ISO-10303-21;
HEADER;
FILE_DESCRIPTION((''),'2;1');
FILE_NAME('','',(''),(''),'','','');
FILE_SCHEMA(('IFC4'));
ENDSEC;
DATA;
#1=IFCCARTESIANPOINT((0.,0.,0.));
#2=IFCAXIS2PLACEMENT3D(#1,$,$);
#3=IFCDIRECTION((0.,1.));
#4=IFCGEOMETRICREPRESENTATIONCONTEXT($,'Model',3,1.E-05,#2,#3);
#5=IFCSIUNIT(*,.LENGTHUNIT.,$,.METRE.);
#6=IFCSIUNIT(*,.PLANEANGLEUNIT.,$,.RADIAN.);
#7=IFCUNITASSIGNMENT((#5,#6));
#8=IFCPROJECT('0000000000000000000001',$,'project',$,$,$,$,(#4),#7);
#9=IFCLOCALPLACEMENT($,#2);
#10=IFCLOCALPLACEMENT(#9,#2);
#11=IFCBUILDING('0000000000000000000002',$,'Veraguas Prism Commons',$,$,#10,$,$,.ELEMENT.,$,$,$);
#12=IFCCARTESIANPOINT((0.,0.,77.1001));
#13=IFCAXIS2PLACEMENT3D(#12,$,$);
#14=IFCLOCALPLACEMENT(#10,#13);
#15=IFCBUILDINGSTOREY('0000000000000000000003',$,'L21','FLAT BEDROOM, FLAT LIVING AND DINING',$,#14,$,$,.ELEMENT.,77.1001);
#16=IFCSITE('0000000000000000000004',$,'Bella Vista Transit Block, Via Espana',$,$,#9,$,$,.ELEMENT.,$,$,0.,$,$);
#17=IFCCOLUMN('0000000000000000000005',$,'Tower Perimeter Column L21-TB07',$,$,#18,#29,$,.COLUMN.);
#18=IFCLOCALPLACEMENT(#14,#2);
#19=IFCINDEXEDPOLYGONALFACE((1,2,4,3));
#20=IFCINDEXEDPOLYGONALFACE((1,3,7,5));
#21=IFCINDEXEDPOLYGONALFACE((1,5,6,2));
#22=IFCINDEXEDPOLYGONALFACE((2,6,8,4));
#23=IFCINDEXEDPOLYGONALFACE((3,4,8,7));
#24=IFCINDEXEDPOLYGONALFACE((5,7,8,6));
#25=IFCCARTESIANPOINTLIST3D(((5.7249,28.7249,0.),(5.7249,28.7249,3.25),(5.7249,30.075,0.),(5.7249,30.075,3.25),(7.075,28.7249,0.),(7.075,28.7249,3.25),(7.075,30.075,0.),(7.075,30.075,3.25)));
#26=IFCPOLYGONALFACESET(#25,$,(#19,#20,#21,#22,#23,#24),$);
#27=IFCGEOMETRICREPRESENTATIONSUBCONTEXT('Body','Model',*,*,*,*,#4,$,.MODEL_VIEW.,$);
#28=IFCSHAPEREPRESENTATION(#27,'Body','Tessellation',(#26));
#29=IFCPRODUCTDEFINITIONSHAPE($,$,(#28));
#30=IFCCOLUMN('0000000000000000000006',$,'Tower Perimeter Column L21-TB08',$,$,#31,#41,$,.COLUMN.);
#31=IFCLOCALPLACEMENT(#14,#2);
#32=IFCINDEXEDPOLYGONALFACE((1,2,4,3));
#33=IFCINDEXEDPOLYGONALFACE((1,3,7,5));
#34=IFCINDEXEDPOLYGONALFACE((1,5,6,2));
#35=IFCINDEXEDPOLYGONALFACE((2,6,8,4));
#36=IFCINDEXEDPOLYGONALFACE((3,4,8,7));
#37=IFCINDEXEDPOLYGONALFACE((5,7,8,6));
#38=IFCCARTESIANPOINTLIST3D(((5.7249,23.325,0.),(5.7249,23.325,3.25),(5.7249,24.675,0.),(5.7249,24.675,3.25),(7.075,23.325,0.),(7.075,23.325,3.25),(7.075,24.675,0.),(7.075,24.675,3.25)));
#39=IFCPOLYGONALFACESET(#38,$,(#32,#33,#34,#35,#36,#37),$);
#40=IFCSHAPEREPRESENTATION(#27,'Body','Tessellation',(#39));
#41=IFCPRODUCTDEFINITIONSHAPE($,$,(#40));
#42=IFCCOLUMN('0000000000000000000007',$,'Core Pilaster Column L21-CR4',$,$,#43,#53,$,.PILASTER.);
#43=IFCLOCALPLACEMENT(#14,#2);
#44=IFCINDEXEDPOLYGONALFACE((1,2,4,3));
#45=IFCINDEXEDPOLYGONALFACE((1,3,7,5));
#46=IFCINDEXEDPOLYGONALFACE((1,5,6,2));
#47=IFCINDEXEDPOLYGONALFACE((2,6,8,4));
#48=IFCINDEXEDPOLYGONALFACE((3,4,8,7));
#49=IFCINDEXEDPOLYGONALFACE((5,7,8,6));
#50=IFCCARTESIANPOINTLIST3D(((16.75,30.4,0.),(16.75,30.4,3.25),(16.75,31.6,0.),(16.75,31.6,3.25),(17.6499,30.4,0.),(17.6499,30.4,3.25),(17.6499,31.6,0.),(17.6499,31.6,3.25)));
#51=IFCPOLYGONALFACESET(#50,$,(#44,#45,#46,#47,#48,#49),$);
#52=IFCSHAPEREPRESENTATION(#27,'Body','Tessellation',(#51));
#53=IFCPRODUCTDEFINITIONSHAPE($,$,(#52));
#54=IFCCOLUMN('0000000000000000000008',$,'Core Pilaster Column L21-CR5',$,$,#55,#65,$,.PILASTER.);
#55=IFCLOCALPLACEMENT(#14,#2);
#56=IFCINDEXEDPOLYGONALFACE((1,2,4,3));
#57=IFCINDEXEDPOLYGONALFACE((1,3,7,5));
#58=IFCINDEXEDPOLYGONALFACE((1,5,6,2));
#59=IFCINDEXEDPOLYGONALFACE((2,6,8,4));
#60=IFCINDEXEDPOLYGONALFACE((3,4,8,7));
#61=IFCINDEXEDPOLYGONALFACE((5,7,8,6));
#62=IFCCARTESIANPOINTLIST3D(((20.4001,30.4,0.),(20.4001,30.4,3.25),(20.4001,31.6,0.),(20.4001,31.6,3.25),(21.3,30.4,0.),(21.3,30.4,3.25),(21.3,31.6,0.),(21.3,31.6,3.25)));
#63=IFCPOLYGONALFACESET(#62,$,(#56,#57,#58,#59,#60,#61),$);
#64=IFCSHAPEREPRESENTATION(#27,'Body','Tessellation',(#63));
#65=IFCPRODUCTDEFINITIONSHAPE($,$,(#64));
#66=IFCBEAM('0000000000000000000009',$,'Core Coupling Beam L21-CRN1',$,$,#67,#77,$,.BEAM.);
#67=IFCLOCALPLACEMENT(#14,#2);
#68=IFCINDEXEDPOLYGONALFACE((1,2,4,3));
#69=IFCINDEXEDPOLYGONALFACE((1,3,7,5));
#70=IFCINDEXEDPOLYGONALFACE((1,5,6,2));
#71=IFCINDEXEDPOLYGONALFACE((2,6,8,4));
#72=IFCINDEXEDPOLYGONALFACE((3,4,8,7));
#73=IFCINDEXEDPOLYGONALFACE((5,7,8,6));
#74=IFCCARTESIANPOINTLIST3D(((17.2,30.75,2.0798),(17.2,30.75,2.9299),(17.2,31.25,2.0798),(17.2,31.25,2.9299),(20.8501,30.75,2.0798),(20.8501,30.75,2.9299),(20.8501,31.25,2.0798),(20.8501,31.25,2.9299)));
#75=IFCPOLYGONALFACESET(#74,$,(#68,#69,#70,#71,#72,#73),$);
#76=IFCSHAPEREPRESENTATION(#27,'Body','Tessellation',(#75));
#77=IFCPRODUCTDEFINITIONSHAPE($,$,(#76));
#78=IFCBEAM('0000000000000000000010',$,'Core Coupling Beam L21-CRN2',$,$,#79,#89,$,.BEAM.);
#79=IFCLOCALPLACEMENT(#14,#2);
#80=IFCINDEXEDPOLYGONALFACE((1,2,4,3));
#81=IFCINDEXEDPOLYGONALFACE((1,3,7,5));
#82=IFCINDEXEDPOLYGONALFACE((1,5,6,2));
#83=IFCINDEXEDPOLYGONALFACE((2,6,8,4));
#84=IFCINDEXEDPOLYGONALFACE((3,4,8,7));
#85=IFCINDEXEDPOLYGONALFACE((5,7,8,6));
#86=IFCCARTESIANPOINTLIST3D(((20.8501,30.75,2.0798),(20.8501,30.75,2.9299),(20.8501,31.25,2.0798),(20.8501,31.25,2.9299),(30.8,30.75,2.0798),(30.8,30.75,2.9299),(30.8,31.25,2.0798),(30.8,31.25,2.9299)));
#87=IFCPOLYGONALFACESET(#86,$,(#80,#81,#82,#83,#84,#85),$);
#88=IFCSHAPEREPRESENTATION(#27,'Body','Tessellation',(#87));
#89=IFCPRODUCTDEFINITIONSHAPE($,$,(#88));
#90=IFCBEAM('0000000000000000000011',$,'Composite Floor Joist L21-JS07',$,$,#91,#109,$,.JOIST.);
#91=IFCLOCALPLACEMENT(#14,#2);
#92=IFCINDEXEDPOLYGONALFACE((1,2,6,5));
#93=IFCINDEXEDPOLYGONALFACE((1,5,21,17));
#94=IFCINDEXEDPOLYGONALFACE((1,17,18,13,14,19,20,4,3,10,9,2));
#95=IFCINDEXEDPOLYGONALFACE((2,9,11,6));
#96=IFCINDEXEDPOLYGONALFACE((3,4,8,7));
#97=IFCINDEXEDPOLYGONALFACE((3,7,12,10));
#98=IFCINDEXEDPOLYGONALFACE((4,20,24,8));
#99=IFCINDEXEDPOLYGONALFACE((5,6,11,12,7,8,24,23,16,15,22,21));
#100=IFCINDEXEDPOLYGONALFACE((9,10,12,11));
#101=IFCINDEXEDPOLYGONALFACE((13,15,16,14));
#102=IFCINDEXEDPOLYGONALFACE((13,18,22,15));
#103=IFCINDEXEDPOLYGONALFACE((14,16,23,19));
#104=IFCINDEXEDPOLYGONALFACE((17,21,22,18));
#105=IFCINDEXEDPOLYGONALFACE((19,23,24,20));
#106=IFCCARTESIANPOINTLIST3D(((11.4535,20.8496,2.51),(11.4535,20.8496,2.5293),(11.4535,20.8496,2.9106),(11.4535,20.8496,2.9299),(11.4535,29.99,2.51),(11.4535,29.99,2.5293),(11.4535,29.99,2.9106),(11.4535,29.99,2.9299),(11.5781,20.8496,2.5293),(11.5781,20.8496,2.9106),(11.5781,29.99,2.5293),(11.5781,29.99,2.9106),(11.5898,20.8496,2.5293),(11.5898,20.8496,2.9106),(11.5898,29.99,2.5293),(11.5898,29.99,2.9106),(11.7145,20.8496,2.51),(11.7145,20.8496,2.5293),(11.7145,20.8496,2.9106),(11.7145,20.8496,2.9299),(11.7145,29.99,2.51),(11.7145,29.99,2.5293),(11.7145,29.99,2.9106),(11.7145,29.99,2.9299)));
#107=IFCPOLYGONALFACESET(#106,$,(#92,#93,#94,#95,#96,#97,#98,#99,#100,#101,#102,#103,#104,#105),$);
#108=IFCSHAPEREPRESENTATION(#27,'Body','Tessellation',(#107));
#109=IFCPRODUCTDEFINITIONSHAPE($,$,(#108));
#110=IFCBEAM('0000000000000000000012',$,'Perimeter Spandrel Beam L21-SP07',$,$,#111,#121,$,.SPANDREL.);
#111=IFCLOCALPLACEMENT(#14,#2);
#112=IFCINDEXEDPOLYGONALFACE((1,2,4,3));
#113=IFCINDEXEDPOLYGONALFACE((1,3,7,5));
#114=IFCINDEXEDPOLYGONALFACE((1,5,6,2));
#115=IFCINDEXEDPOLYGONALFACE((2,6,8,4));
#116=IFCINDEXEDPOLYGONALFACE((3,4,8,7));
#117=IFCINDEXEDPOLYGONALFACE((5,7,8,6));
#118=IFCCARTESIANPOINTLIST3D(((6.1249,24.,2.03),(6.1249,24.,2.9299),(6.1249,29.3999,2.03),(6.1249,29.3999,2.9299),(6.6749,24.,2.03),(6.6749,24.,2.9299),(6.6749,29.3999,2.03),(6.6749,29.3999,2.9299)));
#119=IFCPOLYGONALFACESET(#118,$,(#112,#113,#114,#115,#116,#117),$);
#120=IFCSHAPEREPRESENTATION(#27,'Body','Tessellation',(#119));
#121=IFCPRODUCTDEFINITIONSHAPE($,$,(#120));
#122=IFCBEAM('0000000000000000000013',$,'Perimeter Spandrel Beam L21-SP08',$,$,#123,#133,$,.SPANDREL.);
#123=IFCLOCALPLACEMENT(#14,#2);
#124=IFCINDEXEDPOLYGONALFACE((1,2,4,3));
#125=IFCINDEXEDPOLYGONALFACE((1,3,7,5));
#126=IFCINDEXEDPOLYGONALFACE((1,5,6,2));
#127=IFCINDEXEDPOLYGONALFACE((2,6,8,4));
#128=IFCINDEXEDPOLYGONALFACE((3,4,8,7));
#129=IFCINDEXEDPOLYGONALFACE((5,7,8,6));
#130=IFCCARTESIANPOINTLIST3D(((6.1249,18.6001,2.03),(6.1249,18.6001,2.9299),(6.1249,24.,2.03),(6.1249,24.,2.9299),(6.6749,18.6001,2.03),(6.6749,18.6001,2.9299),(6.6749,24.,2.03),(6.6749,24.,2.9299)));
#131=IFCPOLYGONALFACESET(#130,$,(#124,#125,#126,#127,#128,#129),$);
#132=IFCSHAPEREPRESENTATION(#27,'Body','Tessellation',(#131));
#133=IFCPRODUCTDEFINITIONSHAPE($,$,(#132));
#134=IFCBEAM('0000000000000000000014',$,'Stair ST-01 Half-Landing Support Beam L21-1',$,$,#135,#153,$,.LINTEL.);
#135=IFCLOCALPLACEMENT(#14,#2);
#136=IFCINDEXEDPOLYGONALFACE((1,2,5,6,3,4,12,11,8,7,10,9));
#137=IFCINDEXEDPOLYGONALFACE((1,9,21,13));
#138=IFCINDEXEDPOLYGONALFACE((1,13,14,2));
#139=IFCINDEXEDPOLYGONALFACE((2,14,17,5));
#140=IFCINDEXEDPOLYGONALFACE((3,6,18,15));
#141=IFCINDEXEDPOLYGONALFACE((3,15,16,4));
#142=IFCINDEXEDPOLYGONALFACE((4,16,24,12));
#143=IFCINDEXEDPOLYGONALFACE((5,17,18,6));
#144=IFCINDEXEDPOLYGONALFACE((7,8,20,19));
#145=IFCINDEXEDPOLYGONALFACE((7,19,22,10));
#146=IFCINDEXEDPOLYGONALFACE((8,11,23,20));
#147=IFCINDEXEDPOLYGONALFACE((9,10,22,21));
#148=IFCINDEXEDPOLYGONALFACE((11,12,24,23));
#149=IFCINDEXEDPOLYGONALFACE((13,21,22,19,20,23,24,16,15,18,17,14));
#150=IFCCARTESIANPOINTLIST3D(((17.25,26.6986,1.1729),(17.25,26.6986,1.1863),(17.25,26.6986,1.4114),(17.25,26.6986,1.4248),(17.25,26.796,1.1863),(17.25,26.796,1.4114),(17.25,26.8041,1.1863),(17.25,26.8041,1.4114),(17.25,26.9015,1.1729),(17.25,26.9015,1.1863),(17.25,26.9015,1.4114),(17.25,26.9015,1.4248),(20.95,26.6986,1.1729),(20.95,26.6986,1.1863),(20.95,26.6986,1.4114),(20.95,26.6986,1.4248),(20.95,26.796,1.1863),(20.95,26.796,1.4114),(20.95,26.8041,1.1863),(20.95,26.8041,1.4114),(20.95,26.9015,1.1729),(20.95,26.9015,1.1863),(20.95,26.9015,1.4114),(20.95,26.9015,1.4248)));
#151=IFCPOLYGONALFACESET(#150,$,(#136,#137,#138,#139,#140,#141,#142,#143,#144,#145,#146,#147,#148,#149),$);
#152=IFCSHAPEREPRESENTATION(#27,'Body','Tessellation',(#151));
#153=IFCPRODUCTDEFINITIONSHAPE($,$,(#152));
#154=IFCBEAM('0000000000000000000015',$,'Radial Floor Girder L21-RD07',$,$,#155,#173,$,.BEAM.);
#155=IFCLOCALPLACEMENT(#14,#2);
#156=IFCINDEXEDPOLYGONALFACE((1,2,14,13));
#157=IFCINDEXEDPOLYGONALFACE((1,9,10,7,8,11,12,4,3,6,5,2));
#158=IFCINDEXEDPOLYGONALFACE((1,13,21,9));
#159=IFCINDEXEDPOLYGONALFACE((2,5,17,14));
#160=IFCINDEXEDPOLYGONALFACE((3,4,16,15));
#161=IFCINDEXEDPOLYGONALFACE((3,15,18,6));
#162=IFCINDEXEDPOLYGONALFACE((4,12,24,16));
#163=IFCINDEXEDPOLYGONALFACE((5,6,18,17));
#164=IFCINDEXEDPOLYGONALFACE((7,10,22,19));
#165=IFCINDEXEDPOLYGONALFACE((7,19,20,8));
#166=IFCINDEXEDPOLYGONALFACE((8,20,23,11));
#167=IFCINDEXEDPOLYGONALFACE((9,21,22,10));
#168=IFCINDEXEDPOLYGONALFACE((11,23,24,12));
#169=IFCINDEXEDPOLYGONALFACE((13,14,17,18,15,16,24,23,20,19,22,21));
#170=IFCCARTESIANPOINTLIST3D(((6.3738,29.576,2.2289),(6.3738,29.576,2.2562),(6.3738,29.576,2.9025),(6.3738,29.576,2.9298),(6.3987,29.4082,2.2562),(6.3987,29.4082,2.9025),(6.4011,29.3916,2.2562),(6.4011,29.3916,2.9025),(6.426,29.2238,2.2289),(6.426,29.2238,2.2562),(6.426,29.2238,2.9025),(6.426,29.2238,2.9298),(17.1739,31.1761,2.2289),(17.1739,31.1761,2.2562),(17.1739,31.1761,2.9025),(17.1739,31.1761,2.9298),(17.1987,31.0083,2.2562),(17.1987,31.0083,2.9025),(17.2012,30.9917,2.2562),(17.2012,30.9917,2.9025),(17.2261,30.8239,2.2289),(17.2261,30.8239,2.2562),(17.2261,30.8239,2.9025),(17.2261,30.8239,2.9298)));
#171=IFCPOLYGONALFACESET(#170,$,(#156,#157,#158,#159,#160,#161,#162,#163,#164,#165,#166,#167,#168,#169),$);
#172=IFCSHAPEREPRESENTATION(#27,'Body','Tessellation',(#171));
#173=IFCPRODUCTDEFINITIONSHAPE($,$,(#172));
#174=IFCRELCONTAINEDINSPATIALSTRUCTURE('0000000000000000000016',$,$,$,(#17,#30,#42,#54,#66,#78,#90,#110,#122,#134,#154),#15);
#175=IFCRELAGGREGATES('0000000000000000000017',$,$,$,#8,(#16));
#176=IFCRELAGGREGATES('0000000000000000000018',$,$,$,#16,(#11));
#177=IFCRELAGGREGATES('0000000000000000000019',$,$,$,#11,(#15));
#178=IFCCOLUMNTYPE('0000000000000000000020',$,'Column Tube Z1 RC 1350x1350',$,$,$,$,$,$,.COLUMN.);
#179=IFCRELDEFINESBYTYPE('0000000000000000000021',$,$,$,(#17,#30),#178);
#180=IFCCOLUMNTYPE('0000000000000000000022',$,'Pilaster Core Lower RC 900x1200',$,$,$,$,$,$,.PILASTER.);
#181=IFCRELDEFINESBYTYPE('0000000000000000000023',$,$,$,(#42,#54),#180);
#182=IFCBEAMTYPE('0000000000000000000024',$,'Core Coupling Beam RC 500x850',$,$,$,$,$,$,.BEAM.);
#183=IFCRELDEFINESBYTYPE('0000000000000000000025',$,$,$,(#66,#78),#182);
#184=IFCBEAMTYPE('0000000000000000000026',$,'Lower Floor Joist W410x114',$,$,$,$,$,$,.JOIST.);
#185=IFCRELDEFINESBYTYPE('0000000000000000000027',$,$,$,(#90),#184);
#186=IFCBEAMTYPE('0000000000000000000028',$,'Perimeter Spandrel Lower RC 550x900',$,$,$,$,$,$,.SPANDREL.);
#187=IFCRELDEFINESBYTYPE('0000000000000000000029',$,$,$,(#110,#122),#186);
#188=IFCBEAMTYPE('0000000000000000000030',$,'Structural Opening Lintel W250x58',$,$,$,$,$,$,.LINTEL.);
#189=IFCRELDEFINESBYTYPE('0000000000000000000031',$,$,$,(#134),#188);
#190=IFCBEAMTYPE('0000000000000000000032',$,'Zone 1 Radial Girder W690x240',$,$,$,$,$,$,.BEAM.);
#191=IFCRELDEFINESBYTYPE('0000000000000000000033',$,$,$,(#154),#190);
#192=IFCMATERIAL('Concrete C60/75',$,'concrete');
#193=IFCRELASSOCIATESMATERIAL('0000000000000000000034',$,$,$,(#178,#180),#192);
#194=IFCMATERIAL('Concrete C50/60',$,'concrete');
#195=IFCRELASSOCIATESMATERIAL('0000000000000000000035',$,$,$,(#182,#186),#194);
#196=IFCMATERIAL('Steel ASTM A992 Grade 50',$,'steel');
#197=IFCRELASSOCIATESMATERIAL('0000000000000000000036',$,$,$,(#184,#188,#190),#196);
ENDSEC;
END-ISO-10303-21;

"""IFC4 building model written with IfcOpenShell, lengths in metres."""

from ifc_helpers import new_model, si_unit, direction, frame, origin, origin_2d, place, context, subcontext, project, spatial, rectangle, i_section, extrude, material, material_profile, profile_set, type_object, element, save


model = new_model("IFC4")

# Units and contexts
model_context = context("Model", 3, precision=1e-05, world=origin(), true_north=direction((0.0, 1.0)))
body_context = subcontext(model_context, "Body", "Model", "MODEL_VIEW")
ifc_project = project(units=[si_unit("LENGTHUNIT", "METRE"), si_unit("PLANEANGLEUNIT", "RADIAN")], contexts=[model_context])

# Site, building, storey
site_placement = place(None, origin())
site = spatial("IfcSite", under=ifc_project, at=site_placement, Name="Bella Vista Transit Block, Via Espana", CompositionType="ELEMENT", RefElevation=0.0)
building_placement = place(site_placement, origin())
building = spatial("IfcBuilding", under=site, at=building_placement, Name="Veraguas Prism Commons", CompositionType="ELEMENT")
storey_placement = place(building_placement, frame((0.0, 0.0, 77.1001)))
storey = spatial("IfcBuildingStorey", under=building, at=storey_placement, Name="L21", Description="FLAT BEDROOM, FLAT LIVING AND DINING", CompositionType="ELEMENT", Elevation=77.1001)

# Columns
ifc_material_1 = material(Name="Concrete C60/75", Category="concrete")
ifc_material_profile_1 = material_profile(ifc_material_1, rectangle(XDim=1.3501, YDim=1.3501, at=origin_2d()), Name="RC1350X1350")
ifc_profile_set_1 = profile_set([ifc_material_profile_1], Name="Concrete C60/75")
column_type_1 = type_object("IfcColumnType", Name="Column Tube Z1 RC 1350x1350", PredefinedType="COLUMN", material=ifc_profile_set_1)
for number, where, z_axis, x_axis, name in (
    (1, (6.3999, 29.3999, 0.0), (0.0, 0.0, 1.0), (1.0, 0.0, 0.0), "Tower Perimeter Column L21-TB07"),
    (2, (6.3999, 24.0, 0.0), (0.0, 0.0, 1.0), (1.0, 0.0, 0.0), "Tower Perimeter Column L21-TB08"),
):
    element("IfcColumn", number, at=place(storey_placement, frame(where, z_axis=z_axis, x_axis=x_axis)), inside=storey, type_object=column_type_1, Name=name, PredefinedType="COLUMN", context=body_context, shape_type="SweptSolid", body=[
        extrude(rectangle(XDim=1.3501, YDim=1.3501, at=origin_2d()), origin(), (0.0, 0.0, 1.0), 3.25),
    ])
ifc_material_profile_2 = material_profile(ifc_material_1, rectangle(XDim=0.8999, YDim=1.2, at=origin_2d()), Name="RC900X1200")
ifc_profile_set_2 = profile_set([ifc_material_profile_2], Name="Concrete C60/75")
column_type_2 = type_object("IfcColumnType", Name="Pilaster Core Lower RC 900x1200", PredefinedType="PILASTER", material=ifc_profile_set_2)
for number, where, z_axis, x_axis, name in (
    (3, (17.2, 31.0, 0.0), (0.0, 0.0, 1.0), (1.0, 0.0, 0.0), "Core Pilaster Column L21-CR4"),
    (4, (20.8501, 31.0, 0.0), (0.0, 0.0, 1.0), (1.0, 0.0, 0.0), "Core Pilaster Column L21-CR5"),
):
    element("IfcColumn", number, at=place(storey_placement, frame(where, z_axis=z_axis, x_axis=x_axis)), inside=storey, type_object=column_type_2, Name=name, PredefinedType="PILASTER", context=body_context, shape_type="SweptSolid", body=[
        extrude(rectangle(XDim=0.8999, YDim=1.2, at=origin_2d()), origin(), (0.0, 0.0, 1.0), 3.25),
    ])

# Beams
ifc_material_2 = material(Name="Concrete C50/60", Category="concrete")
ifc_material_profile_3 = material_profile(ifc_material_2, rectangle(XDim=0.5, YDim=0.8501, at=origin_2d()), Name="RC500X850")
ifc_profile_set_3 = profile_set([ifc_material_profile_3], Name="Concrete C50/60")
beam_type_1 = type_object("IfcBeamType", Name="Core Coupling Beam RC 500x850", PredefinedType="BEAM", material=ifc_profile_set_3)
beam_1_placement = place(storey_placement, frame((17.2, 31.0, 2.5049), z_axis=(1.0, 0.0, 0.0), x_axis=(0.0, 1.0, 0.0)))
element("IfcBeam", 5, at=beam_1_placement, inside=storey, type_object=beam_type_1, Name="Core Coupling Beam L21-CRN1", PredefinedType="BEAM", context=body_context, shape_type="SweptSolid", body=[
    extrude(rectangle(XDim=0.5, YDim=0.8501, at=origin_2d()), origin(), (0.0, 0.0, 1.0), 3.6501),
])
beam_2_placement = place(storey_placement, frame((20.8501, 31.0, 2.5049), z_axis=(1.0, 0.0, 0.0), x_axis=(0.0, 1.0, 0.0)))
element("IfcBeam", 6, at=beam_2_placement, inside=storey, type_object=beam_type_1, Name="Core Coupling Beam L21-CRN2", PredefinedType="BEAM", context=body_context, shape_type="SweptSolid", body=[
    extrude(rectangle(XDim=0.5, YDim=0.8501, at=origin_2d()), origin(), (0.0, 0.0, 1.0), 9.95),
])
ifc_material_3 = material(Name="Steel ASTM A992 Grade 50", Category="steel")
ifc_material_profile_4 = material_profile(ifc_material_3, i_section(OverallWidth=0.261, OverallDepth=0.4199, WebThickness=0.0117, FlangeThickness=0.0193, at=origin_2d()), Name="W410X114")
ifc_profile_set_4 = profile_set([ifc_material_profile_4], Name="Steel ASTM A992 Grade 50")
beam_type_2 = type_object("IfcBeamType", Name="Lower Floor Joist W410x114", PredefinedType="JOIST", material=ifc_profile_set_4)
beam_3_placement = place(storey_placement, frame((11.584, 29.99, 2.72), z_axis=(0.0, -1.0, 0.0), x_axis=(1.0, 0.0, 0.0)))
element("IfcBeam", 7, at=beam_3_placement, inside=storey, type_object=beam_type_2, Name="Composite Floor Joist L21-JS07", PredefinedType="JOIST", context=body_context, shape_type="SweptSolid", body=[
    extrude(i_section(OverallWidth=0.261, OverallDepth=0.4199, WebThickness=0.0117, FlangeThickness=0.0193, at=origin_2d()), origin(), (0.0, 0.0, 1.0), 9.1404),
])
ifc_material_profile_5 = material_profile(ifc_material_2, rectangle(XDim=0.55, YDim=0.8999, at=origin_2d()), Name="RC550X900")
ifc_profile_set_5 = profile_set([ifc_material_profile_5], Name="Concrete C50/60")
beam_type_3 = type_object("IfcBeamType", Name="Perimeter Spandrel Lower RC 550x900", PredefinedType="SPANDREL", material=ifc_profile_set_5)
for number, where, z_axis, x_axis, name in (
    (8, (6.3999, 29.3999, 2.48), (0.0, -1.0, 0.0), (1.0, 0.0, 0.0), "Perimeter Spandrel Beam L21-SP07"),
    (9, (6.3999, 24.0, 2.48), (0.0, -1.0, 0.0), (1.0, 0.0, 0.0), "Perimeter Spandrel Beam L21-SP08"),
):
    element("IfcBeam", number, at=place(storey_placement, frame(where, z_axis=z_axis, x_axis=x_axis)), inside=storey, type_object=beam_type_3, Name=name, PredefinedType="SPANDREL", context=body_context, shape_type="SweptSolid", body=[
        extrude(rectangle(XDim=0.55, YDim=0.8999, at=origin_2d()), origin(), (0.0, 0.0, 1.0), 5.3999),
    ])
ifc_material_profile_6 = material_profile(ifc_material_3, i_section(OverallWidth=0.2029, OverallDepth=0.252, WebThickness=0.0081, FlangeThickness=0.0134, at=origin_2d()), Name="W250X58")
ifc_profile_set_6 = profile_set([ifc_material_profile_6], Name="Steel ASTM A992 Grade 50")
beam_type_4 = type_object("IfcBeamType", Name="Structural Opening Lintel W250x58", PredefinedType="LINTEL", material=ifc_profile_set_6)
beam_4_placement = place(storey_placement, frame((17.25, 26.8, 1.2988), z_axis=(1.0, 0.0, 0.0), x_axis=(0.0, 1.0, 0.0)))
element("IfcBeam", 10, at=beam_4_placement, inside=storey, type_object=beam_type_4, Name="Stair ST-01 Half-Landing Support Beam L21-1", PredefinedType="LINTEL", context=body_context, shape_type="SweptSolid", body=[
    extrude(i_section(OverallWidth=0.2029, OverallDepth=0.252, WebThickness=0.0081, FlangeThickness=0.0134, at=origin_2d()), origin(), (0.0, 0.0, 1.0), 3.7),
])
ifc_material_profile_7 = material_profile(ifc_material_3, i_section(OverallWidth=0.356, OverallDepth=0.7009, WebThickness=0.0168, FlangeThickness=0.0273, at=origin_2d()), Name="W690X240")
ifc_profile_set_7 = profile_set([ifc_material_profile_7], Name="Steel ASTM A992 Grade 50")
beam_type_5 = type_object("IfcBeamType", Name="Zone 1 Radial Girder W690x240", PredefinedType="BEAM", material=ifc_profile_set_7)
beam_5_placement = place(storey_placement, frame((6.3999, 29.3999, 2.5793), z_axis=(0.989202, 0.146557, 0.0), x_axis=(-0.146557, 0.989202, 0.0)))
element("IfcBeam", 11, at=beam_5_placement, inside=storey, type_object=beam_type_5, Name="Radial Floor Girder L21-RD07", PredefinedType="BEAM", context=body_context, shape_type="SweptSolid", body=[
    extrude(i_section(OverallWidth=0.356, OverallDepth=0.7009, WebThickness=0.0168, FlangeThickness=0.0273, at=origin_2d()), origin(), (0.0, 0.0, 1.0), 10.918),
])

save(model, "model.ifc")
